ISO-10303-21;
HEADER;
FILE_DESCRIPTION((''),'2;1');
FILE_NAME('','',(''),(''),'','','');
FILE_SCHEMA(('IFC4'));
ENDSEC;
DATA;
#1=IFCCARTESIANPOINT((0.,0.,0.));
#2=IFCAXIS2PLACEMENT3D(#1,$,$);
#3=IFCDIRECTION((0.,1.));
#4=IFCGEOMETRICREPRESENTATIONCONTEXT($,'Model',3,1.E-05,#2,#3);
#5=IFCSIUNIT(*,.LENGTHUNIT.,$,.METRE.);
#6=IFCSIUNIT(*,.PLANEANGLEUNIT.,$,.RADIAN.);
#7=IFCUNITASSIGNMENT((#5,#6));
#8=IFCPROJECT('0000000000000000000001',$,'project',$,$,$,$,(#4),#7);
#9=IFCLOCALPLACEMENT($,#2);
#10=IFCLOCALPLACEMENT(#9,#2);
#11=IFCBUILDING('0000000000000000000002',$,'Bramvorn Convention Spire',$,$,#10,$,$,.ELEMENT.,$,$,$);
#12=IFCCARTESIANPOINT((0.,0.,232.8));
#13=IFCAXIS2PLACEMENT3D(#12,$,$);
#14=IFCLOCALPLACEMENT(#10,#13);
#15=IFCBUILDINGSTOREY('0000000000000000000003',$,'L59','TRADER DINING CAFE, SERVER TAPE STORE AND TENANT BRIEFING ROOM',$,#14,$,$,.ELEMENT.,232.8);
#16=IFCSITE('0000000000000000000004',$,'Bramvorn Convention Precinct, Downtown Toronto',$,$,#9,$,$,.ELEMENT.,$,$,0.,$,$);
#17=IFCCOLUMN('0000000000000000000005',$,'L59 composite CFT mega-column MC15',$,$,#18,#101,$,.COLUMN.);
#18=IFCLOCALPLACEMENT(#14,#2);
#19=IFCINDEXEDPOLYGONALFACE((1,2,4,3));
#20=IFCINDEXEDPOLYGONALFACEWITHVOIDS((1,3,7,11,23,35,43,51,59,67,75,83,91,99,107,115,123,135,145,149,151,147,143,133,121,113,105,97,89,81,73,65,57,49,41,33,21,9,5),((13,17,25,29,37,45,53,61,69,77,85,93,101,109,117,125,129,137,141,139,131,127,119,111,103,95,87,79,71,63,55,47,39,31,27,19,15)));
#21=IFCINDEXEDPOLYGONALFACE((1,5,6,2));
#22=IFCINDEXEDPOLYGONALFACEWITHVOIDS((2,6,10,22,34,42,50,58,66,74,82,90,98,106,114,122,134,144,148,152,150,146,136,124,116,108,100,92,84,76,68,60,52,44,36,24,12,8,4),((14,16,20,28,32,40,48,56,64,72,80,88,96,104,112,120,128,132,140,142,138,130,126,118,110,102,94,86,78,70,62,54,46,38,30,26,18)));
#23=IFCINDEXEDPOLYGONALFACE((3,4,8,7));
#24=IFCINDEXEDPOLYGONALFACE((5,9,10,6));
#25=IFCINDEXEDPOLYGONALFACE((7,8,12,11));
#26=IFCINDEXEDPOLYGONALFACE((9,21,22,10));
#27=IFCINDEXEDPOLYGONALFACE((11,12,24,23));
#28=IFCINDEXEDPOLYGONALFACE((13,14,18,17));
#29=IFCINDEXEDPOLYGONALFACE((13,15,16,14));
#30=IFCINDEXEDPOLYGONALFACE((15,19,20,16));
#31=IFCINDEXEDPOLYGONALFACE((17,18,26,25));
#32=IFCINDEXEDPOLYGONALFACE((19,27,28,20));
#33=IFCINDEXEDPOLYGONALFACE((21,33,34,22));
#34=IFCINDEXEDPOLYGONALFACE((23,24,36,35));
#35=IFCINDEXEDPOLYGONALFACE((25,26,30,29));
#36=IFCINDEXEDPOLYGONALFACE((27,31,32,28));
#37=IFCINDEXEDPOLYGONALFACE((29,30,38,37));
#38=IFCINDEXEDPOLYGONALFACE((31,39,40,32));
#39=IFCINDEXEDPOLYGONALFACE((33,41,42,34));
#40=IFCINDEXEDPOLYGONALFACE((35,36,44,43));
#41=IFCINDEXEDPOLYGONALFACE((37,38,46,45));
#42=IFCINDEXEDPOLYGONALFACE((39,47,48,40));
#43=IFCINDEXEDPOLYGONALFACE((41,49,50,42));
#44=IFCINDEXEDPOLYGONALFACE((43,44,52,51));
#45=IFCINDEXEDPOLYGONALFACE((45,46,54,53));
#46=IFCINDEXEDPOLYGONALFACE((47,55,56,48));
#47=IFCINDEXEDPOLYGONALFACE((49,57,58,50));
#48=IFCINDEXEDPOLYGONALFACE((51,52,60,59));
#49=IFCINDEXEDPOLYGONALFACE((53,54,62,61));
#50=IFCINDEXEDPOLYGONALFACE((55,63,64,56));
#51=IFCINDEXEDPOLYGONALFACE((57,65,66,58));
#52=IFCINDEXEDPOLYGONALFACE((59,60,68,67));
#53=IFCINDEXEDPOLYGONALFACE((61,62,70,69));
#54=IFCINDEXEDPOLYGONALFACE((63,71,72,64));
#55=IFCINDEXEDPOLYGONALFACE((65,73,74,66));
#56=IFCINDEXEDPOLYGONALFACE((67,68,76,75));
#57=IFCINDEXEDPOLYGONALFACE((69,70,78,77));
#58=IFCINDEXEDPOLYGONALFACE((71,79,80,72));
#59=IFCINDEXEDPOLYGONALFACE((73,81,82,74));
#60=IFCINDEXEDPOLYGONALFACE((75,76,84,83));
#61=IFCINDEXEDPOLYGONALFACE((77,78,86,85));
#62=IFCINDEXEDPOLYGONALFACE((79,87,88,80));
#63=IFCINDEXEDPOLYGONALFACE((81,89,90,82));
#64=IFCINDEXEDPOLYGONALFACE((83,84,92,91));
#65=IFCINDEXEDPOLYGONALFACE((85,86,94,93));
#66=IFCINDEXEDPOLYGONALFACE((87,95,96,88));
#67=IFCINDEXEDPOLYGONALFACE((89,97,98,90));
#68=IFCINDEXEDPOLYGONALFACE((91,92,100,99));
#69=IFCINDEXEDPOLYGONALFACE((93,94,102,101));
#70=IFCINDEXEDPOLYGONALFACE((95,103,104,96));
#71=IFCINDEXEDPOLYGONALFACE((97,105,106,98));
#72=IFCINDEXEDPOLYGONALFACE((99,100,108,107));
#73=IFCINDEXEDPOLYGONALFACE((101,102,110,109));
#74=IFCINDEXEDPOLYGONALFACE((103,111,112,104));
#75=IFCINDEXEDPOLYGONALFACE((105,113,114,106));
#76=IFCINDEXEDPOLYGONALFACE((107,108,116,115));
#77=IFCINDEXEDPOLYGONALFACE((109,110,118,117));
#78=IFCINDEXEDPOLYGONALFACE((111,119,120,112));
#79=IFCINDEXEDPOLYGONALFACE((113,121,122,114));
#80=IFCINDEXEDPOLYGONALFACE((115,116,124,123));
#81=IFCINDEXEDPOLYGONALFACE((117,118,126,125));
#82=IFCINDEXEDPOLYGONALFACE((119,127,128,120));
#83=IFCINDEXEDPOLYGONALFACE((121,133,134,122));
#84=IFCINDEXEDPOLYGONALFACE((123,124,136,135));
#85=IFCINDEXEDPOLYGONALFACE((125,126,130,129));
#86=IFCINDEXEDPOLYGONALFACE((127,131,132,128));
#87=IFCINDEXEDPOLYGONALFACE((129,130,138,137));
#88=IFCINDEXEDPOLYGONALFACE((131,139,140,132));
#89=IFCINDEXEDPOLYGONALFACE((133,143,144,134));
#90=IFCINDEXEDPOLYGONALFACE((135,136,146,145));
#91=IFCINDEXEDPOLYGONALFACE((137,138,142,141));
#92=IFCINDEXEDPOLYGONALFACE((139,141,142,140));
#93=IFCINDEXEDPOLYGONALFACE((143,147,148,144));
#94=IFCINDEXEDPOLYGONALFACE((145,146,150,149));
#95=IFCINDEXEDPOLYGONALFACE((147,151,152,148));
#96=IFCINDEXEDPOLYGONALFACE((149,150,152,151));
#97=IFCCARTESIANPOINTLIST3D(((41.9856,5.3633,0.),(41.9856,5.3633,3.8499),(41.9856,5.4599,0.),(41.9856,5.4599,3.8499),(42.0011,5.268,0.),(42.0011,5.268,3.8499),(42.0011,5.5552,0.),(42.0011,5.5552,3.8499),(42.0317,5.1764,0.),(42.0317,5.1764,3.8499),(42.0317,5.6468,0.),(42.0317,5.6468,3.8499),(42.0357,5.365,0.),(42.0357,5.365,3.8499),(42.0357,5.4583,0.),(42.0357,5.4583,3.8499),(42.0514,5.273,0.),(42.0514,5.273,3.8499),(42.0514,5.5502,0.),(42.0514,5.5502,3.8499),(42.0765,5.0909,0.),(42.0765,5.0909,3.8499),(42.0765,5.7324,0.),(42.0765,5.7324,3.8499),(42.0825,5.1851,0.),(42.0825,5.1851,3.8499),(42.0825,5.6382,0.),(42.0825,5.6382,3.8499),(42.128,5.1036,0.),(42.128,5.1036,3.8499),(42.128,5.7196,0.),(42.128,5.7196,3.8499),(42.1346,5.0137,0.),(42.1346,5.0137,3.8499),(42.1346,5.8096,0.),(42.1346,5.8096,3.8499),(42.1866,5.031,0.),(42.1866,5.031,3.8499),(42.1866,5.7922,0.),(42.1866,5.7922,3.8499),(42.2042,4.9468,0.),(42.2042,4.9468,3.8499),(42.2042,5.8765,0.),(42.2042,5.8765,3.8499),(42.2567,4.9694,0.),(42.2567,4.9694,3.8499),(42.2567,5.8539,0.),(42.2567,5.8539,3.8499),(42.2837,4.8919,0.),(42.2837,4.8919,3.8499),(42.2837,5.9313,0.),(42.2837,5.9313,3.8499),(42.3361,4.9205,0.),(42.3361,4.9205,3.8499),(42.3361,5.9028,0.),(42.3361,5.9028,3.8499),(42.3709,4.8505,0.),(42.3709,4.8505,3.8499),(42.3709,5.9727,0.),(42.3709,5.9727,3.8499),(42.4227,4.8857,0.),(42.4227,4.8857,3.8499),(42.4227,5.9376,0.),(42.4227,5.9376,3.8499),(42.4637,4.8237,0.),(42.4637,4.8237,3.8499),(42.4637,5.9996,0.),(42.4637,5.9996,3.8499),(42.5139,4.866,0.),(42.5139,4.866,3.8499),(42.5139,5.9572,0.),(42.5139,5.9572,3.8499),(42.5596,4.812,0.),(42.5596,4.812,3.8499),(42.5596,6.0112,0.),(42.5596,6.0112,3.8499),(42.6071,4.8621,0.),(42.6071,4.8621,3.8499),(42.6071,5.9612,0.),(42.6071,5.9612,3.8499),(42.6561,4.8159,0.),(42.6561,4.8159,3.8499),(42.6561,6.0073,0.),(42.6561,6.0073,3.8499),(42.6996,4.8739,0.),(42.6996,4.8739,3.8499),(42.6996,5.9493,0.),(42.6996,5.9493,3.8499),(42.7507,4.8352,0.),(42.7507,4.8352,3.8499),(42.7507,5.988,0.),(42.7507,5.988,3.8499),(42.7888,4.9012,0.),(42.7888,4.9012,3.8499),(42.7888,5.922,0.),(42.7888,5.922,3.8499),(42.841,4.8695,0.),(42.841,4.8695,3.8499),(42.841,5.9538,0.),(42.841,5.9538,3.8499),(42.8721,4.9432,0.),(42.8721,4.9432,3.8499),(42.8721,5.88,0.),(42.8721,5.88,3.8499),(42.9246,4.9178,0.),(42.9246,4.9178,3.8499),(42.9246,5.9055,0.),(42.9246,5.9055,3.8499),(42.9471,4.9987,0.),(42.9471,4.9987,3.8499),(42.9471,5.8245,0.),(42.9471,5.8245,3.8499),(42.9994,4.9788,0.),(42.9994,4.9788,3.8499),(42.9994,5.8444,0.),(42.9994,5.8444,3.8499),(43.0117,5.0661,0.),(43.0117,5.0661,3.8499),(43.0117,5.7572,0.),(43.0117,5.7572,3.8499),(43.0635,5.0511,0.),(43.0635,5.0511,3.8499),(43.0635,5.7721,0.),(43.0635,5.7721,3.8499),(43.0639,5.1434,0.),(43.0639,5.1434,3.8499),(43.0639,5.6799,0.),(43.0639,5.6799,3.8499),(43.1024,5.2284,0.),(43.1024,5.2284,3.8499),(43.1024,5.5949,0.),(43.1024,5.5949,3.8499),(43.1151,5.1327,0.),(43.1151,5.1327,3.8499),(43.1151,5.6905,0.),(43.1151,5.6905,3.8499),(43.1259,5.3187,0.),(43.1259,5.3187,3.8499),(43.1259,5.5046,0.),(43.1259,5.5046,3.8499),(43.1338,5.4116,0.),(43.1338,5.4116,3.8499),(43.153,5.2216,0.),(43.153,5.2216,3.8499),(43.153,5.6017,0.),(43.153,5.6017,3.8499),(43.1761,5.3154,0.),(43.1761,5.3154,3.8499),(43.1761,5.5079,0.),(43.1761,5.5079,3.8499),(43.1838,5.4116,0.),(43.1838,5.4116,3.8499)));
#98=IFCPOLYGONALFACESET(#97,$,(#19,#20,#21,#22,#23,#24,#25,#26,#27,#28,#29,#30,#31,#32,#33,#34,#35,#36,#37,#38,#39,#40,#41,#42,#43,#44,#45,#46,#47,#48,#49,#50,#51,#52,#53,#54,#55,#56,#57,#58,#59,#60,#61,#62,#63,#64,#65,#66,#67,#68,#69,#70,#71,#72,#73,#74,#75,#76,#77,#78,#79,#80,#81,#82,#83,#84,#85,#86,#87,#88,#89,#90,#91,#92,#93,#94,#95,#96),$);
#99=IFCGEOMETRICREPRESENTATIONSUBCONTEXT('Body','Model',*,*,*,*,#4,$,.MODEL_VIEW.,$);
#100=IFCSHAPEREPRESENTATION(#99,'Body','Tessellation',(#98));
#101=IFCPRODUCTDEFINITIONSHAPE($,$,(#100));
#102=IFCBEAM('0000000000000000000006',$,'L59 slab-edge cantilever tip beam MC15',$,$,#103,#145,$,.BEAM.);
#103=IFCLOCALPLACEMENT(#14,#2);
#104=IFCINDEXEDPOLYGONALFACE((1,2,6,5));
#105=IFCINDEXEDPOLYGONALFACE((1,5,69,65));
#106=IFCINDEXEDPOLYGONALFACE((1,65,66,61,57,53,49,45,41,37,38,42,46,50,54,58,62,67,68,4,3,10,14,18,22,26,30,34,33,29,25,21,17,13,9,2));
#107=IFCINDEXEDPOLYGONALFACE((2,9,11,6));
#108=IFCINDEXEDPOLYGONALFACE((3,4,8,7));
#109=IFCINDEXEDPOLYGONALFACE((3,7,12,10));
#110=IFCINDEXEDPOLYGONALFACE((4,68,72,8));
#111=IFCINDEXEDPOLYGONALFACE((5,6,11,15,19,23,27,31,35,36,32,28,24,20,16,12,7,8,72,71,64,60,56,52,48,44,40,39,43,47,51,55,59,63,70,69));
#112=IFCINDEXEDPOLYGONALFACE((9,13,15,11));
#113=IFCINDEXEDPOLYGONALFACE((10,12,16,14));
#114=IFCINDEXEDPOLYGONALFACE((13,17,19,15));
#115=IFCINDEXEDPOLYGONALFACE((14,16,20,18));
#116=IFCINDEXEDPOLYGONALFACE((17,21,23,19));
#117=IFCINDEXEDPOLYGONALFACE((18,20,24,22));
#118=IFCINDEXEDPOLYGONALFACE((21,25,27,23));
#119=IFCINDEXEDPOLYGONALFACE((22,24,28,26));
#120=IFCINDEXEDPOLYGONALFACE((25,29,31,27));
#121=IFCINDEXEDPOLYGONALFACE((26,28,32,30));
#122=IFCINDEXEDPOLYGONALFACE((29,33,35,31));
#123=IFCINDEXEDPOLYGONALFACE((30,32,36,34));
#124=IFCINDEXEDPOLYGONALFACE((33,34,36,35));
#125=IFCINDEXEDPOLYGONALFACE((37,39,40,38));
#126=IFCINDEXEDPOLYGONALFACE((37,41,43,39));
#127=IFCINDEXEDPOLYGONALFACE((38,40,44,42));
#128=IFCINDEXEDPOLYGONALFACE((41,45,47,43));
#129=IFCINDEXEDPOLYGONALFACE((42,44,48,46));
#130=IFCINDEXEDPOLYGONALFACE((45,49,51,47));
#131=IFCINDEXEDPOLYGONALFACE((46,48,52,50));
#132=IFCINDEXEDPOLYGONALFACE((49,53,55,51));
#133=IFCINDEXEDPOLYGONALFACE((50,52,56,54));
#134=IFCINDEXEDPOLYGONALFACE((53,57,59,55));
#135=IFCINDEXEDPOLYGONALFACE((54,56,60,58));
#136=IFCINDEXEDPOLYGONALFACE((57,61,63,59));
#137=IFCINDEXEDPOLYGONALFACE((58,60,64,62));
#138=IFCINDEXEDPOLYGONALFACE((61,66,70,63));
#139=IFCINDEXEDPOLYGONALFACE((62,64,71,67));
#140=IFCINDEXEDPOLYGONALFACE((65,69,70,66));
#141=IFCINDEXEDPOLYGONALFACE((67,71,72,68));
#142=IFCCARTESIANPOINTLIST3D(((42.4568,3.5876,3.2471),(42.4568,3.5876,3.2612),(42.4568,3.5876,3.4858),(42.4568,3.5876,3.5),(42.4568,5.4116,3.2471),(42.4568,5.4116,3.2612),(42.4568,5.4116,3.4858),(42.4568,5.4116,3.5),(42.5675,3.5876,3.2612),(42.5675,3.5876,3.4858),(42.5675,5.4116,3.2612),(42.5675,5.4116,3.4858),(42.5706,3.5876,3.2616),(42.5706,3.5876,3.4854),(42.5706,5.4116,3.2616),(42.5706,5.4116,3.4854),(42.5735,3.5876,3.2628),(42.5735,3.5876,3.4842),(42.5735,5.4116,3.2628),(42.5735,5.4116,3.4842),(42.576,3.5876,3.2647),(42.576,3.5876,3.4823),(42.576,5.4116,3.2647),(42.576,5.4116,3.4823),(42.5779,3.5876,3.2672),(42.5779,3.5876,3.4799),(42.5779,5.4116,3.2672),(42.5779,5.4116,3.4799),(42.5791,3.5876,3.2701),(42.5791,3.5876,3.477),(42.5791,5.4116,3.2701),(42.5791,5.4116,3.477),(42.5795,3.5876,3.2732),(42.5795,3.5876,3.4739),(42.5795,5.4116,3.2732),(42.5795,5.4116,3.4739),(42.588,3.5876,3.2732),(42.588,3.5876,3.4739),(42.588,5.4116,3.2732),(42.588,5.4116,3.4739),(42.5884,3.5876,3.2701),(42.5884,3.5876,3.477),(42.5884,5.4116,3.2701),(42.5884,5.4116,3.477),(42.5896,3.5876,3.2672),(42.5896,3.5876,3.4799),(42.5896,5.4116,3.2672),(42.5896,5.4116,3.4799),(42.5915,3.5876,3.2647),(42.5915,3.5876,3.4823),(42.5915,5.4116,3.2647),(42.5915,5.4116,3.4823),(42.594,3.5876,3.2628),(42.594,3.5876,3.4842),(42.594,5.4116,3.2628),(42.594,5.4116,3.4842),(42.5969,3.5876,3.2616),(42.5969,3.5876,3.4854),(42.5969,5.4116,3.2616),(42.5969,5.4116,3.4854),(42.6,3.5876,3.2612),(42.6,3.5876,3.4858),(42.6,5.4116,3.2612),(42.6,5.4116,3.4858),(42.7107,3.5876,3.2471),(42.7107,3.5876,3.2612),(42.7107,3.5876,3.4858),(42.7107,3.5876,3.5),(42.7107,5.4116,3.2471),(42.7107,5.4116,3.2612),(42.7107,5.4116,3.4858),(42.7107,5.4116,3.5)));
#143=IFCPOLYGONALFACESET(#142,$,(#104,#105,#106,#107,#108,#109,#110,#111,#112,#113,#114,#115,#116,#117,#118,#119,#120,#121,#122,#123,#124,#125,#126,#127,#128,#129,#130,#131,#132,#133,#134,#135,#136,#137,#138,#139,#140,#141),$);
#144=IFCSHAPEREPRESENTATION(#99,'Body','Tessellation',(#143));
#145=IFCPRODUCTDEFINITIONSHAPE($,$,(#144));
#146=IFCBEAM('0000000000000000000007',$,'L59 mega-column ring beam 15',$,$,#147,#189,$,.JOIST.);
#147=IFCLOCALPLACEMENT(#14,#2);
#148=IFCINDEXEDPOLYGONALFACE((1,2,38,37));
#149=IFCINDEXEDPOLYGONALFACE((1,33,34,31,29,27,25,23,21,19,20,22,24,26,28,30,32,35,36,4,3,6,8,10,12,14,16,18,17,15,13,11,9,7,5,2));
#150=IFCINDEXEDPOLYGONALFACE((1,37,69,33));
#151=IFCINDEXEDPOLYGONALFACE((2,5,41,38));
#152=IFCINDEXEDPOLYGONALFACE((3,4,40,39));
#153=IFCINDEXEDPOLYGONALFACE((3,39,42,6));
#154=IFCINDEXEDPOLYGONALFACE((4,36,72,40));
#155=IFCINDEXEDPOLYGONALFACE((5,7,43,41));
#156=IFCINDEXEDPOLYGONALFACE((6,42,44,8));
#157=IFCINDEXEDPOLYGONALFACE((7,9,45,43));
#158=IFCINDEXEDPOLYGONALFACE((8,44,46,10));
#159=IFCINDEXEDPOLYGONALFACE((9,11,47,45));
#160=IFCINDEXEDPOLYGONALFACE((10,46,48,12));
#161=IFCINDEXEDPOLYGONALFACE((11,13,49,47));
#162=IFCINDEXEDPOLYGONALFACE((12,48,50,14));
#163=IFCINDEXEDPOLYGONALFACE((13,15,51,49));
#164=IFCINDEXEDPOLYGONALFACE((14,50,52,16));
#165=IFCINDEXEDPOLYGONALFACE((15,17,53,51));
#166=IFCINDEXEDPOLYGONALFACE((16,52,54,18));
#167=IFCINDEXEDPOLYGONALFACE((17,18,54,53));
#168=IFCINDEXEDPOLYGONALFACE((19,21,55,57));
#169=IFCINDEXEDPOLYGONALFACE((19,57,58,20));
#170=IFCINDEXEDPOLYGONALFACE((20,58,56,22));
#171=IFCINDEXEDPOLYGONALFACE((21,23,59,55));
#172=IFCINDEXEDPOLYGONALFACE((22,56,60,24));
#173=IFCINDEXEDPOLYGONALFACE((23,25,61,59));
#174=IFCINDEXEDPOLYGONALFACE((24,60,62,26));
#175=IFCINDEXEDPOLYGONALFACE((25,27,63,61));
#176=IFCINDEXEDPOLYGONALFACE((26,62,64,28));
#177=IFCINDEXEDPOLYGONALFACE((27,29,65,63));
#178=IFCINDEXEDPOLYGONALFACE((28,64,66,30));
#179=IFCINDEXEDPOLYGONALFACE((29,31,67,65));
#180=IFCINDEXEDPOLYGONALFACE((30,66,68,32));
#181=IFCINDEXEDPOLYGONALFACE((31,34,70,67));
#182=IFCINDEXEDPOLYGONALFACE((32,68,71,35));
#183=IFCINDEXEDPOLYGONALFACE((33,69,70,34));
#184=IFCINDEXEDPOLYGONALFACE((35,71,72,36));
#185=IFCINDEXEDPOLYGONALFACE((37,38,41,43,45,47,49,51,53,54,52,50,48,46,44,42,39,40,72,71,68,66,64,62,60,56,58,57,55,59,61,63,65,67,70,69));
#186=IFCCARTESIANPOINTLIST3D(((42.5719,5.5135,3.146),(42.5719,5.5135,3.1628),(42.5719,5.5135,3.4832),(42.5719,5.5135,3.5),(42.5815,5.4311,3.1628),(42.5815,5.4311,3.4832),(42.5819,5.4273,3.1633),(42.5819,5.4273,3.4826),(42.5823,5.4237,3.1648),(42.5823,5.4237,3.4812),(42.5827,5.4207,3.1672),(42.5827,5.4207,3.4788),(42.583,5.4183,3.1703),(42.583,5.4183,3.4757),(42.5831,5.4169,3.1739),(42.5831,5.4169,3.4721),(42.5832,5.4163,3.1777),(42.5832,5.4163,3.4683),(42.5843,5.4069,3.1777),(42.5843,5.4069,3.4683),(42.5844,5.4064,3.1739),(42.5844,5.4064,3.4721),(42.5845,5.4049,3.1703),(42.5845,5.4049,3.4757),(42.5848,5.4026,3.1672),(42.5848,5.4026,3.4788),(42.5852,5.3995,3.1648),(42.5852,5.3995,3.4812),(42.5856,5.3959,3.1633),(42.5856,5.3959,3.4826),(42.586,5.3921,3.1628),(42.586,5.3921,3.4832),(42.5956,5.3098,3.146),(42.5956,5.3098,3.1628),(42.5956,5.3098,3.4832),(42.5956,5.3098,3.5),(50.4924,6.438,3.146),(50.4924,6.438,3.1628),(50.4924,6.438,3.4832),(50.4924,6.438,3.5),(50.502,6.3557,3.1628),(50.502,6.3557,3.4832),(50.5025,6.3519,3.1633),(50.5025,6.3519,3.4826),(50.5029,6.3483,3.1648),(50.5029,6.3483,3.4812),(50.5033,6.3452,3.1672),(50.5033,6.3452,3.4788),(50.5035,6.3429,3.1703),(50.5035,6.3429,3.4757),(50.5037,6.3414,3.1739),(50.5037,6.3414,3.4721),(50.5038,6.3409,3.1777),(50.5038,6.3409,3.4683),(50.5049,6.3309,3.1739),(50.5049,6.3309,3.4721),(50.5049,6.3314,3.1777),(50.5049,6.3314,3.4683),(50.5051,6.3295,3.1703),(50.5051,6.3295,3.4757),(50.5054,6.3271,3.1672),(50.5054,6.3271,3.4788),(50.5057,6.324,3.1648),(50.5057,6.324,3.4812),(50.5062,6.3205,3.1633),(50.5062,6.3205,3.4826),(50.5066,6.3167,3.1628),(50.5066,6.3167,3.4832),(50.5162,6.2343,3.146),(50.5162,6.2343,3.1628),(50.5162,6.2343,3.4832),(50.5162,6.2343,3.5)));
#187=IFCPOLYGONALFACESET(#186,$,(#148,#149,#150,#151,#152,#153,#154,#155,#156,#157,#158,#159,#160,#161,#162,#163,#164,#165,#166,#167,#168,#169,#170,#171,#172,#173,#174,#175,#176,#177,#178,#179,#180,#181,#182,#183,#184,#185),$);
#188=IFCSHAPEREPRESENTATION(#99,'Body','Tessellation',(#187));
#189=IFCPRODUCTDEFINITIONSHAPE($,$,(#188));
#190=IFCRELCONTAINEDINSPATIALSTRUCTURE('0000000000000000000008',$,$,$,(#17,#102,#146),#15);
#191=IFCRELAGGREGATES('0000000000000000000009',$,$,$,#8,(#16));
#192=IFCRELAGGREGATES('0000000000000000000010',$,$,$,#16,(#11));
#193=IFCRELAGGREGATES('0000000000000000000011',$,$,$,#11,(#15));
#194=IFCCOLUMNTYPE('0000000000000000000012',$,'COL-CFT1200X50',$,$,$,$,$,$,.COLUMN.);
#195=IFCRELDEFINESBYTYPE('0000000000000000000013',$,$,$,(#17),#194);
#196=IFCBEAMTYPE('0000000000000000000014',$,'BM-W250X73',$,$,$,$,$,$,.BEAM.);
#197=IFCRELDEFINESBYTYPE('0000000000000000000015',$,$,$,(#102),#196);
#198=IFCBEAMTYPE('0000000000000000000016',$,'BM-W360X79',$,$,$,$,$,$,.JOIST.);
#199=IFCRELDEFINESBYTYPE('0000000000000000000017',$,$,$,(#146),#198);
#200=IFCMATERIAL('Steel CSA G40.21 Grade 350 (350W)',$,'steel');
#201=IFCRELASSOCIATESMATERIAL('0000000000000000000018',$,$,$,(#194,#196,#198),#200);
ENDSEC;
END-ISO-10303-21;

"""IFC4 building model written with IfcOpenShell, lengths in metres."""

from ifc_helpers import new_model, si_unit, direction, frame, origin, origin_2d, place, context, subcontext, project, spatial, hollow_circle, i_section, extrude, material, material_profile, profile_set, type_object, element, save


model = new_model("IFC4")

# Units and contexts
model_context = context("Model", 3, precision=1e-05, world=origin(), true_north=direction((0.0, 1.0)))
body_context = subcontext(model_context, "Body", "Model", "MODEL_VIEW")
ifc_project = project(units=[si_unit("LENGTHUNIT", "METRE"), si_unit("PLANEANGLEUNIT", "RADIAN")], contexts=[model_context])

# Site, building, storey
site_placement = place(None, origin())
site = spatial("IfcSite", under=ifc_project, at=site_placement, Name="Bramvorn Convention Precinct, Downtown Toronto", CompositionType="ELEMENT", RefElevation=0.0)
building_placement = place(site_placement, origin())
building = spatial("IfcBuilding", under=site, at=building_placement, Name="Bramvorn Convention Spire", CompositionType="ELEMENT")
storey_placement = place(building_placement, frame((0.0, 0.0, 232.8)))
storey = spatial("IfcBuildingStorey", under=building, at=storey_placement, Name="L59", Description="TRADER DINING CAFE, SERVER TAPE STORE AND TENANT BRIEFING ROOM", CompositionType="ELEMENT", Elevation=232.8)

# Column
ifc_material_1 = material(Name="Steel CSA G40.21 Grade 350 (350W)", Category="steel")
ifc_material_profile_1 = material_profile(ifc_material_1, hollow_circle(Radius=0.6001, WallThickness=0.05, at=origin_2d()))
ifc_profile_set_1 = profile_set([ifc_material_profile_1], Name="Steel CSA G40.21 Grade 350 (350W) - CFT1200X50")
column_type = type_object("IfcColumnType", Name="COL-CFT1200X50", PredefinedType="COLUMN", material=ifc_profile_set_1)
column_placement = place(storey_placement, frame((42.5837, 5.4116, 0.0), z_axis=(0.0, 0.0, 1.0), x_axis=(1.0, 0.0, 0.0)))
element("IfcColumn", 1, at=column_placement, inside=storey, type_object=column_type, Name="L59 composite CFT mega-column MC15", PredefinedType="COLUMN", context=body_context, shape_type="SweptSolid", body=[
    extrude(hollow_circle(Radius=0.6001, WallThickness=0.05, at=origin_2d()), origin(), (0.0, 0.0, 1.0), 3.8499),
])

# Beams
ifc_material_profile_2 = material_profile(ifc_material_1, i_section(OverallWidth=0.2539, OverallDepth=0.2529, WebThickness=0.0085, FlangeThickness=0.0142, FilletRadius=0.012, at=origin_2d()))
ifc_profile_set_2 = profile_set([ifc_material_profile_2], Name="Steel CSA G40.21 Grade 350 (350W) - W250X73")
beam_type_1 = type_object("IfcBeamType", Name="BM-W250X73", PredefinedType="BEAM", material=ifc_profile_set_2)
beam_1_placement = place(storey_placement, frame((42.5837, 5.4116, 3.3735), z_axis=(0.0, -1.0, 0.0), x_axis=(1.0, 0.0, 0.0)))
element("IfcBeam", 2, at=beam_1_placement, inside=storey, type_object=beam_type_1, Name="L59 slab-edge cantilever tip beam MC15", PredefinedType="BEAM", context=body_context, shape_type="SweptSolid", body=[
    extrude(i_section(OverallWidth=0.2539, OverallDepth=0.2529, WebThickness=0.0085, FlangeThickness=0.0142, FilletRadius=0.012, at=origin_2d()), origin(), (0.0, 0.0, 1.0), 1.824),
])
ifc_material_profile_3 = material_profile(ifc_material_1, i_section(OverallWidth=0.2051, OverallDepth=0.354, WebThickness=0.0095, FlangeThickness=0.0168, FilletRadius=0.0149, at=origin_2d()))
ifc_profile_set_3 = profile_set([ifc_material_profile_3], Name="Steel CSA G40.21 Grade 350 (350W) - W360X79")
beam_type_2 = type_object("IfcBeamType", Name="BM-W360X79", PredefinedType="JOIST", material=ifc_profile_set_3)
beam_2_placement = place(storey_placement, frame((42.5837, 5.4116, 3.323), z_axis=(0.993256, 0.115941, 0.0), x_axis=(-0.115941, 0.993256, 0.0)))
element("IfcBeam", 3, at=beam_2_placement, inside=storey, type_object=beam_type_2, Name="L59 mega-column ring beam 15", PredefinedType="JOIST", context=body_context, shape_type="SweptSolid", body=[
    extrude(i_section(OverallWidth=0.2051, OverallDepth=0.354, WebThickness=0.0095, FlangeThickness=0.0168, FilletRadius=0.0149, at=origin_2d()), origin(), (0.0, 0.0, 1.0), 7.9744),
])

save(model, "model.ifc")
